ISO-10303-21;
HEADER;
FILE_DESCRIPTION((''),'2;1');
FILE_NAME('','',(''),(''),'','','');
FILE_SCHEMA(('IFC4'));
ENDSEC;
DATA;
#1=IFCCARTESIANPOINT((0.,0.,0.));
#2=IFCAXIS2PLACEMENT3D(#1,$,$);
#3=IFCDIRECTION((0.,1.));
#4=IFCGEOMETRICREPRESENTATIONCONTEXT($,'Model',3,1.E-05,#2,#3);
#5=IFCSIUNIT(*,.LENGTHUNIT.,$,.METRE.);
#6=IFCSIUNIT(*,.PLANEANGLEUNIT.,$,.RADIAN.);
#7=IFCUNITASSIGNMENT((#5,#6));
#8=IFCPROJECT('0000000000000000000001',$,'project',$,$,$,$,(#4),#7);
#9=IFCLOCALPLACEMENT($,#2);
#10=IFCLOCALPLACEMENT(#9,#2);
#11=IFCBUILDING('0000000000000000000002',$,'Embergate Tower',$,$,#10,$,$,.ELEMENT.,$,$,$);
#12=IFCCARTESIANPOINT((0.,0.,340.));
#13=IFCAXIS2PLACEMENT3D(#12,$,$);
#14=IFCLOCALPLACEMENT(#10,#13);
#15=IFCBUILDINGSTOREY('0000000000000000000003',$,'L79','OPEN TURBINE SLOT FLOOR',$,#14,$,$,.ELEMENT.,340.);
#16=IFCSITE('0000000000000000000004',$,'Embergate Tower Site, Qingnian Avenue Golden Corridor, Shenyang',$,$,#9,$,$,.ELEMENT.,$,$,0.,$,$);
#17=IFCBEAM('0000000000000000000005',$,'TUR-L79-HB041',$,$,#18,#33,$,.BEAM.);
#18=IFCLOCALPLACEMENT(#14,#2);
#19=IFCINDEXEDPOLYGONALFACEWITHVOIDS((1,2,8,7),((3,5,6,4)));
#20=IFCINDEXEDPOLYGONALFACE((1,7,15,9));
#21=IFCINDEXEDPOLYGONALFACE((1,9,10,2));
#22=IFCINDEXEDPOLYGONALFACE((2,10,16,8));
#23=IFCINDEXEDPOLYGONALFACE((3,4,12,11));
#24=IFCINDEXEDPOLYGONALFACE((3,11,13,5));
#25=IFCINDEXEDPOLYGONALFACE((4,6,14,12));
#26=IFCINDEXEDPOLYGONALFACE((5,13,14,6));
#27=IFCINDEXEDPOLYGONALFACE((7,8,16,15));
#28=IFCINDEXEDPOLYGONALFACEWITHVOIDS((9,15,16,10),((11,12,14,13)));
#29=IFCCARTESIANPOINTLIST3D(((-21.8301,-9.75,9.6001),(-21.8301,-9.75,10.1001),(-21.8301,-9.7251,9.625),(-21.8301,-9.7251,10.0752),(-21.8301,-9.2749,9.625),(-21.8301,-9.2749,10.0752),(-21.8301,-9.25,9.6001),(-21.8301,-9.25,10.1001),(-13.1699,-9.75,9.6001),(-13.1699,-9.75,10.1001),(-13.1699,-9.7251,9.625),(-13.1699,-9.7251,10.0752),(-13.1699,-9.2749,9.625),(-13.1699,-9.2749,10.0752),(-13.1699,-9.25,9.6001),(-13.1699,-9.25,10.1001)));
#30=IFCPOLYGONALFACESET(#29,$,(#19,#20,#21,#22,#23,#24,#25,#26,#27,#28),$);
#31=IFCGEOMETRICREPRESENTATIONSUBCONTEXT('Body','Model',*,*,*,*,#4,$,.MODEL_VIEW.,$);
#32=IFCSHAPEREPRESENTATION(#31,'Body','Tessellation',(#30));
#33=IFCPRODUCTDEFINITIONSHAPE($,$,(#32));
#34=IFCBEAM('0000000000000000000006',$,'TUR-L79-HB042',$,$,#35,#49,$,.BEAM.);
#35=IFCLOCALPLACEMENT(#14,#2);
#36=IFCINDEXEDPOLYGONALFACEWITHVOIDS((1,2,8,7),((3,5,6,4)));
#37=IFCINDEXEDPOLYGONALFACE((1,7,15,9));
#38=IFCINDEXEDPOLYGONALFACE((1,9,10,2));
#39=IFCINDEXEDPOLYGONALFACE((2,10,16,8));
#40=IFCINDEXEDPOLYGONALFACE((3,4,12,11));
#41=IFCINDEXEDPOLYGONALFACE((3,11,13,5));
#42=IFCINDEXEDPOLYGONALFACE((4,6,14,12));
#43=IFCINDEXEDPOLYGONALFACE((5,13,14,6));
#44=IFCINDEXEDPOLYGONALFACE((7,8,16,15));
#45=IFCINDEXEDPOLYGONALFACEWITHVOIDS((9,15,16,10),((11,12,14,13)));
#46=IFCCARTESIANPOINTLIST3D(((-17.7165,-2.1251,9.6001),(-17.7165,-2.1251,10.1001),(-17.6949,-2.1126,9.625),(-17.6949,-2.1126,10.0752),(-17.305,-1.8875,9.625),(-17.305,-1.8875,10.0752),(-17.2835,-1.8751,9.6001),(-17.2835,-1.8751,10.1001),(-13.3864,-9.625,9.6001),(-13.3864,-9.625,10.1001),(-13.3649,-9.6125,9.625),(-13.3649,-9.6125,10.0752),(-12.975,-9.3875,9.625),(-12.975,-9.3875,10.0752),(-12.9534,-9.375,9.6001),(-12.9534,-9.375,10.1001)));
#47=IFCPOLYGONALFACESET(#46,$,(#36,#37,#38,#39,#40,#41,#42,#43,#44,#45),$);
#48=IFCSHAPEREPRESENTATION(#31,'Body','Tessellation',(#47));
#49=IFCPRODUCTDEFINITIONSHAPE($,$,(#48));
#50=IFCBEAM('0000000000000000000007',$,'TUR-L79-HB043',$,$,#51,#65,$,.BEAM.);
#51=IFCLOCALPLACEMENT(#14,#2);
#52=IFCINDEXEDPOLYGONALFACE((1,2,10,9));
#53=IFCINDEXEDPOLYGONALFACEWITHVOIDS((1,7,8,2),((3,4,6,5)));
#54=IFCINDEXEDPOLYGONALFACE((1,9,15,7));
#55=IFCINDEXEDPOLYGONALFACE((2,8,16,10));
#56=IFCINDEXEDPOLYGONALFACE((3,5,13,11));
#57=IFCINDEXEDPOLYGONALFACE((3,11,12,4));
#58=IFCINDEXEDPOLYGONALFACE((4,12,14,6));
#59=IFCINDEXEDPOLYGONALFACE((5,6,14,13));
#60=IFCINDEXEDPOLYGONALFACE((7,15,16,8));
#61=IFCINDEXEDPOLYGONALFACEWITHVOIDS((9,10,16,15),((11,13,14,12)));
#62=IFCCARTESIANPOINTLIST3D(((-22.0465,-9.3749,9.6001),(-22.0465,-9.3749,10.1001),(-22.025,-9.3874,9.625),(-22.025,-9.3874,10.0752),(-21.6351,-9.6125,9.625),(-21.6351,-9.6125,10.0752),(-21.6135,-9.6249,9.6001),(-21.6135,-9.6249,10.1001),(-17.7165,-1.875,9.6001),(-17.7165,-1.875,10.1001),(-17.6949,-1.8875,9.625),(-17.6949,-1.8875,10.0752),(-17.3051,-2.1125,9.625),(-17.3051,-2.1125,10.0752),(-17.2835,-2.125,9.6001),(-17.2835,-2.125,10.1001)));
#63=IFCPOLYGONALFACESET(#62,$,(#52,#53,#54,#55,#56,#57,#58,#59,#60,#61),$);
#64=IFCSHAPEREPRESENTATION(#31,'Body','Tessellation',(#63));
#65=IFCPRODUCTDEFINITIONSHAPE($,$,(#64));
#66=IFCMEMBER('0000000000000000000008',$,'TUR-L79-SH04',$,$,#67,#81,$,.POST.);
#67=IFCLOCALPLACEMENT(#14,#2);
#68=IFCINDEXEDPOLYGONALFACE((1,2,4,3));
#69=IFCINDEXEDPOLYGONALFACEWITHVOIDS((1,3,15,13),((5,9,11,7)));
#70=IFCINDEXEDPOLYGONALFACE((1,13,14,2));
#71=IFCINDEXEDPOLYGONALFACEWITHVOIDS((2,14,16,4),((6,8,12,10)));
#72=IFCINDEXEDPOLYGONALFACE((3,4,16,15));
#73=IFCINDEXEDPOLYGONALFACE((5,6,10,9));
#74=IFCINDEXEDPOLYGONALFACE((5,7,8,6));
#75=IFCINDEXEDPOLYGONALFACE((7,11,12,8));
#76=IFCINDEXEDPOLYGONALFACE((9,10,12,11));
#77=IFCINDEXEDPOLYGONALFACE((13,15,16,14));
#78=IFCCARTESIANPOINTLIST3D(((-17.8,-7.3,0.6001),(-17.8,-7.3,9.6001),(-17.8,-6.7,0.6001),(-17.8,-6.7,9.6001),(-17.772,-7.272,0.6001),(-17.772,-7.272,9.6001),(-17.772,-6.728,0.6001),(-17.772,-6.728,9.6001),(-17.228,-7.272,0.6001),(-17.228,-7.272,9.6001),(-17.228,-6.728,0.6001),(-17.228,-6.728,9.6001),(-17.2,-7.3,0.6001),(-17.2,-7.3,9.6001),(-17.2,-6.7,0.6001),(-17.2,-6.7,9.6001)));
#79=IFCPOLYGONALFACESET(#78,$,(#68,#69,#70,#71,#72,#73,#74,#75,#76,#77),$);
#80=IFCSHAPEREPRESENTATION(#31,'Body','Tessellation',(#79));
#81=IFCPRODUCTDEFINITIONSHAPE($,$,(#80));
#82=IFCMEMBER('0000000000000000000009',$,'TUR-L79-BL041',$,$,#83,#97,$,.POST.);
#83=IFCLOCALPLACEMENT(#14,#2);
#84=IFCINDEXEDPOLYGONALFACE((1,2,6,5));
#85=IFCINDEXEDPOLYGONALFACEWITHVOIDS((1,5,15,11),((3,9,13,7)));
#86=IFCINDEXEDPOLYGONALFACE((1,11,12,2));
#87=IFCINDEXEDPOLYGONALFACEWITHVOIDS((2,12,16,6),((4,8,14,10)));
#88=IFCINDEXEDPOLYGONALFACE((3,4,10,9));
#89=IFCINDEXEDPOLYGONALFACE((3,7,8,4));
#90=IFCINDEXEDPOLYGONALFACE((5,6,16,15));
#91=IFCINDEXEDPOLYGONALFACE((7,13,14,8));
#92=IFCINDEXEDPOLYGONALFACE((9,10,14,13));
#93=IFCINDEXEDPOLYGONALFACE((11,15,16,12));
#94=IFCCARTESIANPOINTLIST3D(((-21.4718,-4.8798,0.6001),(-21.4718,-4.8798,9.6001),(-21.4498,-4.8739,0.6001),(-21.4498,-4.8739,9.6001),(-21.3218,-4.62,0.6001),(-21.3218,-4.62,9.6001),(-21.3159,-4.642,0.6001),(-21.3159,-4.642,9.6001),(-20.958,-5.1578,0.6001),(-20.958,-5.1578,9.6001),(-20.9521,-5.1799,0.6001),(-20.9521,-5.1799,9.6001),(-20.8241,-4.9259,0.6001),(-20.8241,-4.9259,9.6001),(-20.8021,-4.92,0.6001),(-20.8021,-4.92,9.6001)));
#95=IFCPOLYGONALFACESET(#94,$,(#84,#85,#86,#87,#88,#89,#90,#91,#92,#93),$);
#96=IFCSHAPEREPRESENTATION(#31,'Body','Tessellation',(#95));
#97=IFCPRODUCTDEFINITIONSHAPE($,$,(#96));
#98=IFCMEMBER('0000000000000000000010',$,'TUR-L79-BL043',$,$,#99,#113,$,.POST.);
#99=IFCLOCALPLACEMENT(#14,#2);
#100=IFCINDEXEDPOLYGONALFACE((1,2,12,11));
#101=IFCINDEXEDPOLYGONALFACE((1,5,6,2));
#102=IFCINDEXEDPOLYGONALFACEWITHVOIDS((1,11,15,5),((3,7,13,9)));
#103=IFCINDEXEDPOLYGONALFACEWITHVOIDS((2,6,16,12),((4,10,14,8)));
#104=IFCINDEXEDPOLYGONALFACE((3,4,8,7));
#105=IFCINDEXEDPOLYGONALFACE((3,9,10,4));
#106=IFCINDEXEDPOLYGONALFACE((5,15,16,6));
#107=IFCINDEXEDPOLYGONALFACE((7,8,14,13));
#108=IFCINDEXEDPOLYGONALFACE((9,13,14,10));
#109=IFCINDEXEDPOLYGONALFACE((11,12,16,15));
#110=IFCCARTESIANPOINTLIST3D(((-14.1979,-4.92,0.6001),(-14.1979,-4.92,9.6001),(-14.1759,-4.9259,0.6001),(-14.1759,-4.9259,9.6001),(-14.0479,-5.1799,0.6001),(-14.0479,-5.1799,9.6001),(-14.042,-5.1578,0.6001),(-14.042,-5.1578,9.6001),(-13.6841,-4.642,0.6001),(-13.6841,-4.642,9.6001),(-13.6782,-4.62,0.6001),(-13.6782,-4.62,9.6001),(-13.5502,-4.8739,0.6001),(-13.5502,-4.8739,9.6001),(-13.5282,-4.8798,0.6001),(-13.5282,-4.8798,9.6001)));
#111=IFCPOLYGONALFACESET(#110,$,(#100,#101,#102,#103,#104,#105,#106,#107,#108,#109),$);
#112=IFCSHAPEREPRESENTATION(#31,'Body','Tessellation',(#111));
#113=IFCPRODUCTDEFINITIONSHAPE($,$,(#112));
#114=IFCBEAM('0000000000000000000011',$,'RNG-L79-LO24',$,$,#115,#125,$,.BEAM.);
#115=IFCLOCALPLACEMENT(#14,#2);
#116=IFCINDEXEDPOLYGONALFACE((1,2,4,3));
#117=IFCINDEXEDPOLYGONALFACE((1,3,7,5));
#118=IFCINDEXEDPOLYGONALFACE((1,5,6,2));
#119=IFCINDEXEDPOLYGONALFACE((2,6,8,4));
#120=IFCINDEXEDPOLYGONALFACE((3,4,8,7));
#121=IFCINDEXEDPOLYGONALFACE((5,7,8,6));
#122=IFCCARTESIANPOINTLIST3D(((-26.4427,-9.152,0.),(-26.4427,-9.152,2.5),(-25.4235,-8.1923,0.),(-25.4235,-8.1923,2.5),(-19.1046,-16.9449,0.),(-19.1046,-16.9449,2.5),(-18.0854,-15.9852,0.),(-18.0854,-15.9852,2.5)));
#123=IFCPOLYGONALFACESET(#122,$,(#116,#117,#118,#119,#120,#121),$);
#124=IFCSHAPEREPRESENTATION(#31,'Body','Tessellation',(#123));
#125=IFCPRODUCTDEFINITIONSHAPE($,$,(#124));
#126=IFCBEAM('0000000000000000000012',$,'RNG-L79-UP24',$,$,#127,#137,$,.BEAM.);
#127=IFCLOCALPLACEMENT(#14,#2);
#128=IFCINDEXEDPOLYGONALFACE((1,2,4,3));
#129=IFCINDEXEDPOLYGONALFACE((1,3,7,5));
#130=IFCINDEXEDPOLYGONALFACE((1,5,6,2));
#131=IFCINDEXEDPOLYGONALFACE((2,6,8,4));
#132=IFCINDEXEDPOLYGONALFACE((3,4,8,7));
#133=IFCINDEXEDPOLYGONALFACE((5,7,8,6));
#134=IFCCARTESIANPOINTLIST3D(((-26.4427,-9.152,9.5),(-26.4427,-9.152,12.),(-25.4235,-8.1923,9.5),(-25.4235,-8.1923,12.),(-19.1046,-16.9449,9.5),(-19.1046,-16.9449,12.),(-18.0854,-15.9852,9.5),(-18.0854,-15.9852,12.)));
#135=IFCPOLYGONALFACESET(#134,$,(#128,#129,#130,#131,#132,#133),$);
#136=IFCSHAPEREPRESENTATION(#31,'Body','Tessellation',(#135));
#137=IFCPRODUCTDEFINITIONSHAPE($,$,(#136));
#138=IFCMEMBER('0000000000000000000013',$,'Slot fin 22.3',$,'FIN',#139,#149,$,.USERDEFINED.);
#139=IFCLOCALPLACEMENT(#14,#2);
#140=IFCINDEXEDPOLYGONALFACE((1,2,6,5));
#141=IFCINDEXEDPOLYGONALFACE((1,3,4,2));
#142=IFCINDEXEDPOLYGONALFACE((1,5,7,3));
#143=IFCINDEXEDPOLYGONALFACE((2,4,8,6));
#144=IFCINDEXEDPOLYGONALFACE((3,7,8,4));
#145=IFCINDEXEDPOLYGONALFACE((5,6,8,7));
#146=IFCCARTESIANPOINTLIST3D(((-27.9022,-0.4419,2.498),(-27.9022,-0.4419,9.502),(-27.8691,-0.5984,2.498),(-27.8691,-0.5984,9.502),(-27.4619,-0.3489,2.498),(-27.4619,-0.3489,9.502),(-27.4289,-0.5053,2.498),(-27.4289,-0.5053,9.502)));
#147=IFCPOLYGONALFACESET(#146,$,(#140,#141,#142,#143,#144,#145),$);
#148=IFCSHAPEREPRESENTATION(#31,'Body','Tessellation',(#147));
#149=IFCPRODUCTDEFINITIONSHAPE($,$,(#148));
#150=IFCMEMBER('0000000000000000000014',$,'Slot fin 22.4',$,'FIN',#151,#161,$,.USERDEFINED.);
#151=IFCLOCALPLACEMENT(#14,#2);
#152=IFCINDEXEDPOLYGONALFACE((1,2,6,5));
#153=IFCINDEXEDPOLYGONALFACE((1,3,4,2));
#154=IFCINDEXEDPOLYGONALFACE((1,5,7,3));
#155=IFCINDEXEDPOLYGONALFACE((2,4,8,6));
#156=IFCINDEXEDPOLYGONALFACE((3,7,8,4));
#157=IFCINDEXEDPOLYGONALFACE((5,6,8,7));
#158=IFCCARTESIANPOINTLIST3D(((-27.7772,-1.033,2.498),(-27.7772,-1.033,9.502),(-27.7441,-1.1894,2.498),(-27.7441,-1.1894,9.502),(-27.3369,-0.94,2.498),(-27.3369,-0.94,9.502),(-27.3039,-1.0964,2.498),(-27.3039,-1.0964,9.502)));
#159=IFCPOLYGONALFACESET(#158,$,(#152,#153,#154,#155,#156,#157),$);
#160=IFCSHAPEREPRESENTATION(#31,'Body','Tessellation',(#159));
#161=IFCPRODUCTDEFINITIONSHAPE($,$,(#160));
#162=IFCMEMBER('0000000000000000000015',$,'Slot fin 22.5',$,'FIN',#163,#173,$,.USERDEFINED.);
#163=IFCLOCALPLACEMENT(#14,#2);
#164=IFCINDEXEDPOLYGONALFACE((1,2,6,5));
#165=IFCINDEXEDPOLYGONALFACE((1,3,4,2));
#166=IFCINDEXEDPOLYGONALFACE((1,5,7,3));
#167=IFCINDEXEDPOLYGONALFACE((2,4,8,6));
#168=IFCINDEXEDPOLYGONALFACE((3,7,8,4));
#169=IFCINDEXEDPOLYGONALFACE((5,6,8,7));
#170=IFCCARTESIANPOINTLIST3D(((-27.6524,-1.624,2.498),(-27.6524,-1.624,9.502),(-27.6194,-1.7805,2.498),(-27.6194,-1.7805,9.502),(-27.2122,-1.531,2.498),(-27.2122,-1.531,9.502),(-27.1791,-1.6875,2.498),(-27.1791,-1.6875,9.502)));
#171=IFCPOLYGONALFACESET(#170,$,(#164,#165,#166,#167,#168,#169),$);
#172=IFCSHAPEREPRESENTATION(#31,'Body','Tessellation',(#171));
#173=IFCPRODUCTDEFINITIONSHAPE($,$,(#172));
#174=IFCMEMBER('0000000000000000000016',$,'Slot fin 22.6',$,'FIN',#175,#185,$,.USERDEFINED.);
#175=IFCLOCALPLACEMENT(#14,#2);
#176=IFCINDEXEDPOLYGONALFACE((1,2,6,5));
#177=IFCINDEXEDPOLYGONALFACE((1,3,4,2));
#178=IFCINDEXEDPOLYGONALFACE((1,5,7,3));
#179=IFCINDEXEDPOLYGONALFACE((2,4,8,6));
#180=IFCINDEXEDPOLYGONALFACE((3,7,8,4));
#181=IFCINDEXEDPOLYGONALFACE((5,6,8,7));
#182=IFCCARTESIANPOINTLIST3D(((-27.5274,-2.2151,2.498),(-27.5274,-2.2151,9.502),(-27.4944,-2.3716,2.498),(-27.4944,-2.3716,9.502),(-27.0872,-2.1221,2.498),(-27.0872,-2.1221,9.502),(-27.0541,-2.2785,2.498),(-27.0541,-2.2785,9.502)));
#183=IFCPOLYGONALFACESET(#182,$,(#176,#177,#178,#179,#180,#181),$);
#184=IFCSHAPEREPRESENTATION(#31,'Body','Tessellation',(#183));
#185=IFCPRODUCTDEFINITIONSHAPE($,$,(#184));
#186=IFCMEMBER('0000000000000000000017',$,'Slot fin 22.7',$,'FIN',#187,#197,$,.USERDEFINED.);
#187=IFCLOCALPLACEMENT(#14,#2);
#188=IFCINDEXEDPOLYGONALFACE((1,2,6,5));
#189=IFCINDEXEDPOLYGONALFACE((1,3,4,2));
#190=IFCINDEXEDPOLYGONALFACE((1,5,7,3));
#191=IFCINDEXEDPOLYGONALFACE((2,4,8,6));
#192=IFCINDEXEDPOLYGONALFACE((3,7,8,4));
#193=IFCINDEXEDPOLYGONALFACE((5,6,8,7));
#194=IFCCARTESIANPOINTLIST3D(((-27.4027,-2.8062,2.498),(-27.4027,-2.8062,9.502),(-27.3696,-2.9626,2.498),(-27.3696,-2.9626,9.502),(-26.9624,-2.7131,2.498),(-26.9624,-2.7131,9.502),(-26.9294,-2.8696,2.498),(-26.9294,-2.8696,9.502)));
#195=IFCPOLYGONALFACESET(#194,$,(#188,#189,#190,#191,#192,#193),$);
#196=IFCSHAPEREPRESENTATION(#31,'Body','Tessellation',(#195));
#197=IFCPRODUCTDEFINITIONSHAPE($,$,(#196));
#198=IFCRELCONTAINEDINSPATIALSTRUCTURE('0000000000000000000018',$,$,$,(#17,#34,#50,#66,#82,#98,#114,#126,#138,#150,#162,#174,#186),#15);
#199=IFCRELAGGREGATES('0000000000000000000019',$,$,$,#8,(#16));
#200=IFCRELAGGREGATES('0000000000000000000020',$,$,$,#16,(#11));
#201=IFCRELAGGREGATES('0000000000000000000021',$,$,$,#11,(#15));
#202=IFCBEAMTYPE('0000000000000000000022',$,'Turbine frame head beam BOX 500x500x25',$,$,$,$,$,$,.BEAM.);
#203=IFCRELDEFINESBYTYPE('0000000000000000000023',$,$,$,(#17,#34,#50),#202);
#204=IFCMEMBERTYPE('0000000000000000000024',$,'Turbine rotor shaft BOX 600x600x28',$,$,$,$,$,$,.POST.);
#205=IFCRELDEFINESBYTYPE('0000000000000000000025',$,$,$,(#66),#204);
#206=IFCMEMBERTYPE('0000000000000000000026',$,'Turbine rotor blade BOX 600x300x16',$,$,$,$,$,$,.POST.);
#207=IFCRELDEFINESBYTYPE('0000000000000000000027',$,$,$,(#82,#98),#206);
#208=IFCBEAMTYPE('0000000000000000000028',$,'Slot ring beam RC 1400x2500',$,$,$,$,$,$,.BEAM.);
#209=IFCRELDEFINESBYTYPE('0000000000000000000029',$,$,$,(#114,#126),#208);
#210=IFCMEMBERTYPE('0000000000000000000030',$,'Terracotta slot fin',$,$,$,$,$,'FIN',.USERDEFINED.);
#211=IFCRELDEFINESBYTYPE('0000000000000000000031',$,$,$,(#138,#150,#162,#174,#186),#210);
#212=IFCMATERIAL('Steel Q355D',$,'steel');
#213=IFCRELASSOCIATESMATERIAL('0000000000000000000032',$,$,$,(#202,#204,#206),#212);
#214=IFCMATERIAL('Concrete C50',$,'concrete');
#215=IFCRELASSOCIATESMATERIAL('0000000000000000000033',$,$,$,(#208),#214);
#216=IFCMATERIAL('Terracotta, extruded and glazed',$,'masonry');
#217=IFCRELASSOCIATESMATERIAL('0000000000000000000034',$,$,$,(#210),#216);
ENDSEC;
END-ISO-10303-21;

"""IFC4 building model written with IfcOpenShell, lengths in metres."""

from ifc_helpers import new_model, si_unit, direction, frame, origin, origin_2d, place, context, subcontext, project, spatial, rectangle, hollow_rectangle, extrude, source, transform, mapped, material, material_profile, profile_set, type_object, element, save


model = new_model("IFC4")

# Units and contexts
model_context = context("Model", 3, precision=1e-05, world=origin(), true_north=direction((0.0, 1.0)))
body_context = subcontext(model_context, "Body", "Model", "MODEL_VIEW")
ifc_project = project(units=[si_unit("LENGTHUNIT", "METRE"), si_unit("PLANEANGLEUNIT", "RADIAN")], contexts=[model_context])

# Site, building, storey
site_placement = place(None, origin())
site = spatial("IfcSite", under=ifc_project, at=site_placement, Name="Embergate Tower Site, Qingnian Avenue Golden Corridor, Shenyang", CompositionType="ELEMENT", RefElevation=0.0)
building_placement = place(site_placement, origin())
building = spatial("IfcBuilding", under=site, at=building_placement, Name="Embergate Tower", CompositionType="ELEMENT")
storey_placement = place(building_placement, frame((0.0, 0.0, 340.0)))
storey = spatial("IfcBuildingStorey", under=building, at=storey_placement, Name="L79", Description="OPEN TURBINE SLOT FLOOR", CompositionType="ELEMENT", Elevation=340.0)

# Shared definitions
ifc_material_1 = material(Name="Concrete C50", Category="concrete")

# Shared definitions
ifc_material_2 = material(Name="Steel Q355D", Category="steel")

# Beams
ifc_material_profile_1 = material_profile(ifc_material_2, hollow_rectangle(XDim=0.5, YDim=0.5, WallThickness=0.0249, at=origin_2d()), Name="BOX 500x500x25")
ifc_profile_set_1 = profile_set([ifc_material_profile_1], Name="Steel Q355 grade D")
beam_type_1 = type_object("IfcBeamType", Name="Turbine frame head beam BOX 500x500x25", PredefinedType="BEAM", material=ifc_profile_set_1)
shared_shape_1 = source(origin(), body_context, "Body", "SweptSolid", [
    extrude(hollow_rectangle(XDim=0.5, YDim=0.5, WallThickness=0.0249, at=origin_2d()), origin(), (0.0, 0.0, 1.0), 8.6602),
])
for number, where, z_axis, x_axis, name in (
    (1, (-21.8301, -9.5, 9.8501), (1.0, 0.0, 0.0), (0.0, 1.0, 0.0), "TUR-L79-HB041"),
    (2, (-13.1699, -9.5, 9.8501), (-0.499996, 0.866028, 0.0), (-0.866028, -0.499996, 0.0), "TUR-L79-HB042"),
    (3, (-17.5, -2.0, 9.8501), (-0.499996, -0.866028, 0.0), (0.866028, -0.499996, 0.0), "TUR-L79-HB043"),
):
    element("IfcBeam", number, at=place(storey_placement, frame(where, z_axis=z_axis, x_axis=x_axis)), inside=storey, type_object=beam_type_1, Name=name, PredefinedType="BEAM", context=body_context, shape_type="MappedRepresentation", body=[
        mapped(shared_shape_1, transform((0.0, 0.0, 0.0))),
    ])

# Members
ifc_material_profile_2 = material_profile(ifc_material_2, hollow_rectangle(XDim=0.6001, YDim=0.6001, WallThickness=0.0281, at=origin_2d()), Name="BOX 600x600x28")
ifc_profile_set_2 = profile_set([ifc_material_profile_2], Name="Steel Q355 grade D")
member_type_1 = type_object("IfcMemberType", Name="Turbine rotor shaft BOX 600x600x28", PredefinedType="POST", material=ifc_profile_set_2)
shared_shape_2 = source(origin(), body_context, "Body", "SweptSolid", [
    extrude(hollow_rectangle(XDim=0.6001, YDim=0.6001, WallThickness=0.0281, at=origin_2d()), origin(), (0.0, 0.0, 1.0), 9.0),
])
member_1_placement = place(storey_placement, frame((-17.5, -7.0, 0.6001), z_axis=(0.0, 0.0, 1.0), x_axis=(1.0, 0.0, 0.0)))
element("IfcMember", 4, at=member_1_placement, inside=storey, type_object=member_type_1, Name="TUR-L79-SH04", PredefinedType="POST", context=body_context, shape_type="MappedRepresentation", body=[
    mapped(shared_shape_2, transform((0.0, 0.0, 0.0))),
])
ifc_material_profile_3 = material_profile(ifc_material_2, hollow_rectangle(XDim=0.3, YDim=0.6001, WallThickness=0.0161, at=origin_2d()), Name="BOX 600x300x16")
ifc_profile_set_3 = profile_set([ifc_material_profile_3], Name="Steel Q355 grade D")
member_type_2 = type_object("IfcMemberType", Name="Turbine rotor blade BOX 600x300x16", PredefinedType="POST", material=ifc_profile_set_3)
shared_shape_3 = source(origin(), body_context, "Body", "SweptSolid", [
    extrude(hollow_rectangle(XDim=0.3, YDim=0.6001, WallThickness=0.0161, at=origin_2d()), origin(), (0.0, 0.0, 1.0), 9.0),
])
for number, where, z_axis, x_axis, name in (
    (5, (-21.137, -4.8999, 0.6001), (0.0, 0.0, 1.0), (-0.5, -0.866025, 0.0), "TUR-L79-BL041"),
    (6, (-13.863, -4.8999, 0.6001), (0.0, 0.0, 1.0), (-0.5, 0.866025, 0.0), "TUR-L79-BL043"),
):
    element("IfcMember", number, at=place(storey_placement, frame(where, z_axis=z_axis, x_axis=x_axis)), inside=storey, type_object=member_type_2, Name=name, PredefinedType="POST", context=body_context, shape_type="MappedRepresentation", body=[
        mapped(shared_shape_3, transform((0.0, 0.0, 0.0))),
    ])

# Beams
ifc_material_profile_4 = material_profile(ifc_material_1, rectangle(XDim=1.3999, YDim=2.5, at=origin_2d()), Name="RC 1400x2500")
ifc_profile_set_4 = profile_set([ifc_material_profile_4], Name="Concrete C50")
beam_type_2 = type_object("IfcBeamType", Name="Slot ring beam RC 1400x2500", PredefinedType="BEAM", material=ifc_profile_set_4)
shared_shape_4 = source(origin(), body_context, "Body", "SweptSolid", [
    extrude(rectangle(XDim=1.3999, YDim=2.5, at=origin_2d()), origin(), (0.0, 0.0, 1.0), 10.7041),
])
for number, where, z_axis, x_axis, name in (
    (7, (-25.9331, -8.6721, 1.25), (0.685542, -0.728033, 0.0), (0.728033, 0.685542, 0.0), "RNG-L79-LO24"),
    (8, (-25.9331, -8.6721, 10.75), (0.685542, -0.728033, 0.0), (0.728033, 0.685542, 0.0), "RNG-L79-UP24"),
):
    element("IfcBeam", number, at=place(storey_placement, frame(where, z_axis=z_axis, x_axis=x_axis)), inside=storey, type_object=beam_type_2, Name=name, PredefinedType="BEAM", context=body_context, shape_type="MappedRepresentation", body=[
        mapped(shared_shape_4, transform((0.0, 0.0, 0.0))),
    ])

# Members
ifc_material_3 = material(Name="Terracotta, extruded and glazed", Category="masonry")
ifc_material_profile_5 = material_profile(ifc_material_3, rectangle(XDim=0.45, YDim=0.1599, at=origin_2d()), Name="TC 450x160")
ifc_profile_set_5 = profile_set([ifc_material_profile_5], Name="Terracotta, extruded and glazed")
member_type_3 = type_object("IfcMemberType", Name="Terracotta slot fin", ElementType="FIN", PredefinedType="USERDEFINED", material=ifc_profile_set_5)
shared_shape_5 = source(origin(), body_context, "Body", "SweptSolid", [
    extrude(rectangle(XDim=0.45, YDim=0.1599, at=origin_2d()), origin(), (0.0, 0.0, 1.0), 7.0039),
])
for number, where, z_axis, x_axis, name in (
    (9, (-27.6655, -0.4736, 2.498), (0.0, 0.0, 1.0), (0.978391, 0.206763, 0.0), "Slot fin 22.3"),
    (10, (-27.5405, -1.0647, 2.498), (0.0, 0.0, 1.0), (0.978391, 0.206763, 0.0), "Slot fin 22.4"),
    (11, (-27.4158, -1.6558, 2.498), (0.0, 0.0, 1.0), (0.978391, 0.206763, 0.0), "Slot fin 22.5"),
    (12, (-27.2908, -2.2468, 2.498), (0.0, 0.0, 1.0), (0.978391, 0.206763, 0.0), "Slot fin 22.6"),
    (13, (-27.166, -2.8379, 2.498), (0.0, 0.0, 1.0), (0.978391, 0.206763, 0.0), "Slot fin 22.7"),
):
    element("IfcMember", number, at=place(storey_placement, frame(where, z_axis=z_axis, x_axis=x_axis)), inside=storey, type_object=member_type_3, Name=name, ObjectType="FIN", PredefinedType="USERDEFINED", context=body_context, shape_type="MappedRepresentation", body=[
        mapped(shared_shape_5, transform((0.0, 0.0, 0.0))),
    ])

save(model, "model.ifc")
